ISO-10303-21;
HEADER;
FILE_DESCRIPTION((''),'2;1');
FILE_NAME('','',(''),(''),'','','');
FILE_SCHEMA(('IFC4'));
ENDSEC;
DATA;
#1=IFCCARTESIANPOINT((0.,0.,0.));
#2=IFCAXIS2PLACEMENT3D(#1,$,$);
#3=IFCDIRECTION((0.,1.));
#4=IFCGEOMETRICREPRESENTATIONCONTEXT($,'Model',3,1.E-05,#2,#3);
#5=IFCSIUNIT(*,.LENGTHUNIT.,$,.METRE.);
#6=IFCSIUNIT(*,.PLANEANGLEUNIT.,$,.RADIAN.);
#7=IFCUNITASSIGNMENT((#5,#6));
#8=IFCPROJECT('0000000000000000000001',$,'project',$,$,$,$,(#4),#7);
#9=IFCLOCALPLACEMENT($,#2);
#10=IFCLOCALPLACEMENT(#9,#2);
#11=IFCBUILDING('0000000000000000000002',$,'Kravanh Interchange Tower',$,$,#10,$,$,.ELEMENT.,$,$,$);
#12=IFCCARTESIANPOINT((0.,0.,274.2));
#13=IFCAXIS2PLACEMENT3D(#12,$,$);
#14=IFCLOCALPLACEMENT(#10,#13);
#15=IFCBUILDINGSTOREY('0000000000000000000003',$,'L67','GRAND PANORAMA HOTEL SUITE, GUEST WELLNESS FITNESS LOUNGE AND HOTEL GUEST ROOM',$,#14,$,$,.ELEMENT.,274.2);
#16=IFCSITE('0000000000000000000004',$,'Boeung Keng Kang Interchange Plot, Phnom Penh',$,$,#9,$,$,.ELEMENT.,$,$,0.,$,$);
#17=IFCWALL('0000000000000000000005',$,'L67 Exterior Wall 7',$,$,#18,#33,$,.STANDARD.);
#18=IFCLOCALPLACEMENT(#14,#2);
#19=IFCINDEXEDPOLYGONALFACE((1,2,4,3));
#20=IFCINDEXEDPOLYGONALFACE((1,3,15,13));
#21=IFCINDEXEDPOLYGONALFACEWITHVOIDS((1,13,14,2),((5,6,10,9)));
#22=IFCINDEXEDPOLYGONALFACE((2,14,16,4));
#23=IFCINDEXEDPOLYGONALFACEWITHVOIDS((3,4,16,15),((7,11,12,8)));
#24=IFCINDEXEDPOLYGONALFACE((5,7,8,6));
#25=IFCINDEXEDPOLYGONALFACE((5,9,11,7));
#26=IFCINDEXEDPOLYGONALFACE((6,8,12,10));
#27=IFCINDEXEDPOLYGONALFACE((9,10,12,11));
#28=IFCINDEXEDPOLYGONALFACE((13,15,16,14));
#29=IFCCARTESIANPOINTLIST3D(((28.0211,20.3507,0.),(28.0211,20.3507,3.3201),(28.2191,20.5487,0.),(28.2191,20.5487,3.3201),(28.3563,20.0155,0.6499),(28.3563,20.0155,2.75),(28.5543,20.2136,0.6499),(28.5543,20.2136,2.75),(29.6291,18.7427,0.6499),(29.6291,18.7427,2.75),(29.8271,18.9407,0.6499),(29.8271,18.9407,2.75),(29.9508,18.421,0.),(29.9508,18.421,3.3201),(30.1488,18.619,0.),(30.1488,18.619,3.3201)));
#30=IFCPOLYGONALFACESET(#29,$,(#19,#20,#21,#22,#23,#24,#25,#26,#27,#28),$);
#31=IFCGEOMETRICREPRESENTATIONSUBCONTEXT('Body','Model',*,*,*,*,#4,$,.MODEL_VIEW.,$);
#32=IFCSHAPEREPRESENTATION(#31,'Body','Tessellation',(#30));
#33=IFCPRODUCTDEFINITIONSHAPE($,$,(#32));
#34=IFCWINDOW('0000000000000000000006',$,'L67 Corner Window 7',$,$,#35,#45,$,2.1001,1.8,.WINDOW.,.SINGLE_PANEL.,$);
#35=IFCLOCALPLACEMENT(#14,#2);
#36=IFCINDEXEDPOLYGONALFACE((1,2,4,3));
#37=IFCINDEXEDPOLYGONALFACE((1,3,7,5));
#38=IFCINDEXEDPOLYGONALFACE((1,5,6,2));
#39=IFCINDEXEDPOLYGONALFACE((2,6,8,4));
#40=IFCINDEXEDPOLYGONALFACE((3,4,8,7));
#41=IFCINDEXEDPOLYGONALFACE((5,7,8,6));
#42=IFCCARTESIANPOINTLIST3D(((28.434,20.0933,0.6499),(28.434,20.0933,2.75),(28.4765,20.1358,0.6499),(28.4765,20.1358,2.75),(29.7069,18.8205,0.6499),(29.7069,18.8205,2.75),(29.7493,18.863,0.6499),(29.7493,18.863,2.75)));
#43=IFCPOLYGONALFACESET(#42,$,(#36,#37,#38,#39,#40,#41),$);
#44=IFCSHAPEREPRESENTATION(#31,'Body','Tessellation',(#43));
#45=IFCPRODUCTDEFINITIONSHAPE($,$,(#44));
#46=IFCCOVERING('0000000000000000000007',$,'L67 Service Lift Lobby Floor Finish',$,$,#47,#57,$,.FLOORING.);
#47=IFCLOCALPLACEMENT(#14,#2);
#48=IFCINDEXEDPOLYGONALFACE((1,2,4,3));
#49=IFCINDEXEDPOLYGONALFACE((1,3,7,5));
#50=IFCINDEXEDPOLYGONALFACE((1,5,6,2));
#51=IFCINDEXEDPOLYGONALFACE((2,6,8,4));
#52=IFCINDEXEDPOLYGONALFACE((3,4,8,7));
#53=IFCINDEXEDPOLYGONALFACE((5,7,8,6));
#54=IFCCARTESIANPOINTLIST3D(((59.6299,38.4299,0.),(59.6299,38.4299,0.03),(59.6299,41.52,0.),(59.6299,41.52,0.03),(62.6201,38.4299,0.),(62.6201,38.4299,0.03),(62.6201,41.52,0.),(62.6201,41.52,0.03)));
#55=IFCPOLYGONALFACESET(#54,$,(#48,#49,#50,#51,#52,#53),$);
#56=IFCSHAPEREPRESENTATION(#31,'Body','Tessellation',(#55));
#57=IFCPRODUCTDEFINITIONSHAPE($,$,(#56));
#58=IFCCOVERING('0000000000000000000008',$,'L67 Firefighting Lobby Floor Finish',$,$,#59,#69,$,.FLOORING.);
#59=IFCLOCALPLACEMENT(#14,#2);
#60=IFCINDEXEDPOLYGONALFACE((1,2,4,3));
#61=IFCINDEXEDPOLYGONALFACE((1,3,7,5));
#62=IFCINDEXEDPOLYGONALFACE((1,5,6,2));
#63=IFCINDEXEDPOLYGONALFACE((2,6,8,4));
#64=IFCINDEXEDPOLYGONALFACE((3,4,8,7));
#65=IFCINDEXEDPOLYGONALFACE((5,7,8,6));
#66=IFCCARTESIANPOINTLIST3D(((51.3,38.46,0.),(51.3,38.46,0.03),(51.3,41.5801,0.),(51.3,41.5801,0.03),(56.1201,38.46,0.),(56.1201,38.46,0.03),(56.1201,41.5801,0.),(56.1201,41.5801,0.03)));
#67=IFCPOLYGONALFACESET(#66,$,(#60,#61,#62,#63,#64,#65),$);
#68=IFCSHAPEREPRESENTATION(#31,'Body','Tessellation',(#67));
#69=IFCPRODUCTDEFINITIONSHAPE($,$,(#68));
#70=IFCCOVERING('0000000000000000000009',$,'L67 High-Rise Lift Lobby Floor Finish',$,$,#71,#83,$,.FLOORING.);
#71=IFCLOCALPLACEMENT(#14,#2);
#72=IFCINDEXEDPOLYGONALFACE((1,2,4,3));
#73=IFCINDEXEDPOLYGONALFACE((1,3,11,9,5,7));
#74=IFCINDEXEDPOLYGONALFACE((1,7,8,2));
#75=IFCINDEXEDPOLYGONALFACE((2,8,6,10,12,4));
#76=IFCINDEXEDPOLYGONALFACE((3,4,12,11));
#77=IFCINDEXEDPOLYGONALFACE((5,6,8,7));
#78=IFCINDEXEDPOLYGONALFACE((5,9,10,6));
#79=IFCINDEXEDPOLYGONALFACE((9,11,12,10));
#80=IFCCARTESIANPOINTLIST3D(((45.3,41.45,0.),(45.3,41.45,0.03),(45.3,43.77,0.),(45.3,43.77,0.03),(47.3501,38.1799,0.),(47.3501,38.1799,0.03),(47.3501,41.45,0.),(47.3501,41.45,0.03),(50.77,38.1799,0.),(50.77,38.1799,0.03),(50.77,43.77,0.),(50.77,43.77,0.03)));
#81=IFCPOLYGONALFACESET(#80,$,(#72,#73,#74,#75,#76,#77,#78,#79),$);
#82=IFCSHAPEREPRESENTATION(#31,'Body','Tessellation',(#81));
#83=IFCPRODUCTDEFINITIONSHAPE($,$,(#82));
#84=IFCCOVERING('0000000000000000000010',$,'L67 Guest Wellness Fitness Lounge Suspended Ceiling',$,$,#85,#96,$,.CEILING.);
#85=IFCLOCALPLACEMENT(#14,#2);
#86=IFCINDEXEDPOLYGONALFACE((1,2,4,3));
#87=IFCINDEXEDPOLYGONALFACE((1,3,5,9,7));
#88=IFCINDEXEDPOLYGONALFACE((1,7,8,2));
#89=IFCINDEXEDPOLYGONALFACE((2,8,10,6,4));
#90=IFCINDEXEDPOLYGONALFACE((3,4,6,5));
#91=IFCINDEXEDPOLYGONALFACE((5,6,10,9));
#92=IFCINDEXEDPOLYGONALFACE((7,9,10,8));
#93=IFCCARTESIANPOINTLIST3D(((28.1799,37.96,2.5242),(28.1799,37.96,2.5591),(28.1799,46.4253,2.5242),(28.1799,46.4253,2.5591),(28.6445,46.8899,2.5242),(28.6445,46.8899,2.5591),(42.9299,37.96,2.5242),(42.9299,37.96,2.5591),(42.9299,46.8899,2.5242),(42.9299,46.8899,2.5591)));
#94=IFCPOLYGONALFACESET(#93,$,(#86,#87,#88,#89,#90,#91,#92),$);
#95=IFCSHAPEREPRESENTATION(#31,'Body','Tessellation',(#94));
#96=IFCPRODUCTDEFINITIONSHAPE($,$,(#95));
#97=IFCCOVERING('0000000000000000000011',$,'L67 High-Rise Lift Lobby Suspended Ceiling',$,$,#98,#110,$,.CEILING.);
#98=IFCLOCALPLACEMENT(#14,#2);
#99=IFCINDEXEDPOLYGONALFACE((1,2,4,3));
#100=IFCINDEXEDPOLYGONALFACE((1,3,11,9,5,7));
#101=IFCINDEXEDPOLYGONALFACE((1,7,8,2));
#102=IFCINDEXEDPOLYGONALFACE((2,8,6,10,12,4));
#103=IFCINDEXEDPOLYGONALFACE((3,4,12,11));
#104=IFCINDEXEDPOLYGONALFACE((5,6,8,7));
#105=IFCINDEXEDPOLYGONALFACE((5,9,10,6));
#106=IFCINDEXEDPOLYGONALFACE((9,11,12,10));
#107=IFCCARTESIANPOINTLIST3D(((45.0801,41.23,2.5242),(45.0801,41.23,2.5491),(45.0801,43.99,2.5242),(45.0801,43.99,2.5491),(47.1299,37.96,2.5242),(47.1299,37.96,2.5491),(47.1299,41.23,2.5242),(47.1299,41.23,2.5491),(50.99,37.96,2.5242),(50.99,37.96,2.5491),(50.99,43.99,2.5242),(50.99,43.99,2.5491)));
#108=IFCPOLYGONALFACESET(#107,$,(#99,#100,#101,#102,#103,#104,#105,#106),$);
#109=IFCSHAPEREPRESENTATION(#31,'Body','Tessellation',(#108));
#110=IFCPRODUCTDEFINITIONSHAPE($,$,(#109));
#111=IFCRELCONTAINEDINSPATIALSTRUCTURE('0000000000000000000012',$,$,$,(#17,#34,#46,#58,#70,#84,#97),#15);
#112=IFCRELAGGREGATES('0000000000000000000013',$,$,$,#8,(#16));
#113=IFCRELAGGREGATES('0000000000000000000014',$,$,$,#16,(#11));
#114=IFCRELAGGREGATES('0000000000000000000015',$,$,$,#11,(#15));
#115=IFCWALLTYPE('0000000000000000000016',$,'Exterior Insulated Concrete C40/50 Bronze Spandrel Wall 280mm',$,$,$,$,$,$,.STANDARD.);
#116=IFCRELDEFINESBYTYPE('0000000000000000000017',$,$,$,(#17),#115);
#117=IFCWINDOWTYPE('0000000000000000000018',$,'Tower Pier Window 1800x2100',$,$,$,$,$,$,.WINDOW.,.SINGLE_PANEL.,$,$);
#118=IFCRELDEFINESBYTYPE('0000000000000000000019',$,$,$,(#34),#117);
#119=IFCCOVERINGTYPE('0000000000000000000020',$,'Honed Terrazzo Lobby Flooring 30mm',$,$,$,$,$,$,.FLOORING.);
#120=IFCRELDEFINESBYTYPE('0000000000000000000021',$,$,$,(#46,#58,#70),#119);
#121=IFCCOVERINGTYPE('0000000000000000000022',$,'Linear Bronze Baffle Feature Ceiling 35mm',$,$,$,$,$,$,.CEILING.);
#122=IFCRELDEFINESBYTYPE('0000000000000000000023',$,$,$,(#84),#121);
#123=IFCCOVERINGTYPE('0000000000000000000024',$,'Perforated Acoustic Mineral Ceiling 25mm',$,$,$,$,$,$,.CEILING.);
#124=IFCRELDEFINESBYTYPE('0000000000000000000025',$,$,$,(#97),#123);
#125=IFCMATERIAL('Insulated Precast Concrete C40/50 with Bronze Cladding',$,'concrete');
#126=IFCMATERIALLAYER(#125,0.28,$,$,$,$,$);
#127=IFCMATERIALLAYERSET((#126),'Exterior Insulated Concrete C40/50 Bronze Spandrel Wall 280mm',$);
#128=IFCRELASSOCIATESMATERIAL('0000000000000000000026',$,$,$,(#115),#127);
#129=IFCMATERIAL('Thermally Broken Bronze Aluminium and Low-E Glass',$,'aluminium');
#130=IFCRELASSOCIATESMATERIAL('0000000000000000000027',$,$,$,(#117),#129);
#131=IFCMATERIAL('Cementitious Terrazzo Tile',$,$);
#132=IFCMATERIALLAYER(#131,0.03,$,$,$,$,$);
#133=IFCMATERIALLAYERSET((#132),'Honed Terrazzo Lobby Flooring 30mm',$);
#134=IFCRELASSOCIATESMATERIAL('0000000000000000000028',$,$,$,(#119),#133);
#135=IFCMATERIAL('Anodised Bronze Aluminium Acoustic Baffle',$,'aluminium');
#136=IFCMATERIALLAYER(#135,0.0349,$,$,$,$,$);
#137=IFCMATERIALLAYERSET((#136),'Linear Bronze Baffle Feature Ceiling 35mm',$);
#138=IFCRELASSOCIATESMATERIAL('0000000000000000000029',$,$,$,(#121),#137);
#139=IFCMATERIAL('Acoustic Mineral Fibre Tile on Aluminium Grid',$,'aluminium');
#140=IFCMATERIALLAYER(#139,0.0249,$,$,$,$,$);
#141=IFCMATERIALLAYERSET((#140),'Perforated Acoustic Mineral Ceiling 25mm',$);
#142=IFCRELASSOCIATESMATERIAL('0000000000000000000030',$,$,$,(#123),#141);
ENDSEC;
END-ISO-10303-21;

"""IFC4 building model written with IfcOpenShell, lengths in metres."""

from ifc_helpers import new_model, si_unit, direction, frame, frame_2d, origin, place, context, subcontext, project, spatial, polyline, rectangle, outline, extrude, material, layer, layer_set, type_object, element, fill, save


model = new_model("IFC4")

# Units and contexts
model_context = context("Model", 3, precision=1e-05, world=origin(), true_north=direction((0.0, 1.0)))
body_context = subcontext(model_context, "Body", "Model", "MODEL_VIEW")
ifc_project = project(units=[si_unit("LENGTHUNIT", "METRE"), si_unit("PLANEANGLEUNIT", "RADIAN")], contexts=[model_context])

# Site, building, storey
site_placement = place(None, origin())
site = spatial("IfcSite", under=ifc_project, at=site_placement, Name="Boeung Keng Kang Interchange Plot, Phnom Penh", CompositionType="ELEMENT", RefElevation=0.0)
building_placement = place(site_placement, origin())
building = spatial("IfcBuilding", under=site, at=building_placement, Name="Kravanh Interchange Tower", CompositionType="ELEMENT")
storey_placement = place(building_placement, frame((0.0, 0.0, 274.2)))
storey = spatial("IfcBuildingStorey", under=building, at=storey_placement, Name="L67", Description="GRAND PANORAMA HOTEL SUITE, GUEST WELLNESS FITNESS LOUNGE AND HOTEL GUEST ROOM", CompositionType="ELEMENT", Elevation=274.2)

# Wall, opening, window
ifc_material_1 = material(Name="Insulated Precast Concrete C40/50 with Bronze Cladding", Category="concrete")
ifc_layer_1 = layer(ifc_material_1, 0.28)
ifc_layer_set_1 = layer_set([ifc_layer_1], Name="Exterior Insulated Concrete C40/50 Bronze Spandrel Wall 280mm")
wall_type = type_object("IfcWallType", Name="Exterior Insulated Concrete C40/50 Bronze Spandrel Wall 280mm", PredefinedType="STANDARD", material=ifc_layer_set_1)
wall_placement = place(storey_placement, frame((30.0498, 18.52, 0.0), z_axis=(0.0, 0.0, 1.0), x_axis=(-0.707107, 0.707107, 0.0)))
wall = element("IfcWall", 1, at=wall_placement, inside=storey, type_object=wall_type, Name="L67 Exterior Wall 7", PredefinedType="STANDARD", context=body_context, shape_type="SweptSolid", body=[
    extrude(rectangle(XDim=2.729, YDim=0.28, at=frame_2d((1.3645, 0.0))), origin(), (0.0, 0.0, 1.0), 3.3201),
])
opening_placement = place(wall_placement, frame((0.4551, 0.0, 0.6499)))
opening = element("IfcOpeningElement", 2, at=opening_placement, cuts=wall, PredefinedType="OPENING", context=body_context, shape_type="SweptSolid", body=[
    extrude(rectangle(XDim=1.8, YDim=2.1001, at=frame_2d((0.8999, 1.05))), frame((0.0, 0.1499, 0.0), z_axis=(0.0, -1.0, 0.0), x_axis=(1.0, 0.0, 0.0)), (0.0, 0.0, 1.0), 0.3),
])
ifc_material_2 = material(Name="Thermally Broken Bronze Aluminium and Low-E Glass", Category="aluminium")
window_type = type_object("IfcWindowType", Name="Tower Pier Window 1800x2100", PartitioningType="SINGLE_PANEL", PredefinedType="WINDOW", material=ifc_material_2)
window_placement = place(opening_placement, origin())
window = element("IfcWindow", 3, at=window_placement, inside=storey, type_object=window_type, Name="L67 Corner Window 7", OverallHeight=2.1001, OverallWidth=1.8, PartitioningType="SINGLE_PANEL", PredefinedType="WINDOW", context=body_context, shape_type="SweptSolid", body=[
    extrude(rectangle(XDim=1.8, YDim=2.1001, at=frame_2d((0.8999, 1.05))), frame((0.0, 0.03, 0.0), z_axis=(0.0, -1.0, 0.0), x_axis=(1.0, 0.0, 0.0)), (0.0, 0.0, 1.0), 0.0601),
])
fill(opening, window)

# Coverings
ifc_material_3 = material(Name="Cementitious Terrazzo Tile")
ifc_layer_2 = layer(ifc_material_3, 0.03)
ifc_layer_set_2 = layer_set([ifc_layer_2], Name="Honed Terrazzo Lobby Flooring 30mm")
covering_type_1 = type_object("IfcCoveringType", Name="Honed Terrazzo Lobby Flooring 30mm", PredefinedType="FLOORING", material=ifc_layer_set_2)
covering_1_placement = place(storey_placement, origin())
element("IfcCovering", 4, at=covering_1_placement, inside=storey, type_object=covering_type_1, Name="L67 Service Lift Lobby Floor Finish", PredefinedType="FLOORING", context=body_context, shape_type="SweptSolid", body=[
    extrude(outline(polyline([(59.6299, 41.52), (62.6201, 41.52), (62.6201, 38.4299), (59.6299, 38.4299), (59.6299, 41.52)])), origin(), (0.0, 0.0, 1.0), 0.03),
])
covering_2_placement = place(storey_placement, origin())
element("IfcCovering", 5, at=covering_2_placement, inside=storey, type_object=covering_type_1, Name="L67 Firefighting Lobby Floor Finish", PredefinedType="FLOORING", context=body_context, shape_type="SweptSolid", body=[
    extrude(outline(polyline([(56.1201, 38.46), (51.3, 38.46), (51.3, 41.5801), (56.1201, 41.5801), (56.1201, 38.46)])), origin(), (0.0, 0.0, 1.0), 0.03),
])
covering_3_placement = place(storey_placement, origin())
element("IfcCovering", 6, at=covering_3_placement, inside=storey, type_object=covering_type_1, Name="L67 High-Rise Lift Lobby Floor Finish", PredefinedType="FLOORING", context=body_context, shape_type="SweptSolid", body=[
    extrude(outline(polyline([(50.77, 43.77), (50.77, 38.1799), (47.3501, 38.1799), (47.3501, 41.45), (45.3, 41.45), (45.3, 43.77), (50.77, 43.77)])), origin(), (0.0, 0.0, 1.0), 0.03),
])
ifc_material_4 = material(Name="Anodised Bronze Aluminium Acoustic Baffle", Category="aluminium")
ifc_layer_3 = layer(ifc_material_4, 0.0349)
ifc_layer_set_3 = layer_set([ifc_layer_3], Name="Linear Bronze Baffle Feature Ceiling 35mm")
covering_type_2 = type_object("IfcCoveringType", Name="Linear Bronze Baffle Feature Ceiling 35mm", PredefinedType="CEILING", material=ifc_layer_set_3)
covering_4_placement = place(storey_placement, frame((0.0, 0.0, 2.5242)))
element("IfcCovering", 7, at=covering_4_placement, inside=storey, type_object=covering_type_2, Name="L67 Guest Wellness Fitness Lounge Suspended Ceiling", PredefinedType="CEILING", context=body_context, shape_type="SweptSolid", body=[
    extrude(outline(polyline([(42.9299, 37.96), (28.1799, 37.96), (28.1799, 46.4253), (28.6445, 46.8899), (42.9299, 46.8899), (42.9299, 37.96)])), origin(), (0.0, 0.0, 1.0), 0.0349),
])
ifc_material_5 = material(Name="Acoustic Mineral Fibre Tile on Aluminium Grid", Category="aluminium")
ifc_layer_4 = layer(ifc_material_5, 0.0249)
ifc_layer_set_4 = layer_set([ifc_layer_4], Name="Perforated Acoustic Mineral Ceiling 25mm")
covering_type_3 = type_object("IfcCoveringType", Name="Perforated Acoustic Mineral Ceiling 25mm", PredefinedType="CEILING", material=ifc_layer_set_4)
covering_5_placement = place(storey_placement, frame((0.0, 0.0, 2.5242)))
element("IfcCovering", 8, at=covering_5_placement, inside=storey, type_object=covering_type_3, Name="L67 High-Rise Lift Lobby Suspended Ceiling", PredefinedType="CEILING", context=body_context, shape_type="SweptSolid", body=[
    extrude(outline(polyline([(47.1299, 37.96), (47.1299, 41.23), (45.0801, 41.23), (45.0801, 43.99), (50.99, 43.99), (50.99, 37.96), (47.1299, 37.96)])), origin(), (0.0, 0.0, 1.0), 0.0249),
])

save(model, "model.ifc")
